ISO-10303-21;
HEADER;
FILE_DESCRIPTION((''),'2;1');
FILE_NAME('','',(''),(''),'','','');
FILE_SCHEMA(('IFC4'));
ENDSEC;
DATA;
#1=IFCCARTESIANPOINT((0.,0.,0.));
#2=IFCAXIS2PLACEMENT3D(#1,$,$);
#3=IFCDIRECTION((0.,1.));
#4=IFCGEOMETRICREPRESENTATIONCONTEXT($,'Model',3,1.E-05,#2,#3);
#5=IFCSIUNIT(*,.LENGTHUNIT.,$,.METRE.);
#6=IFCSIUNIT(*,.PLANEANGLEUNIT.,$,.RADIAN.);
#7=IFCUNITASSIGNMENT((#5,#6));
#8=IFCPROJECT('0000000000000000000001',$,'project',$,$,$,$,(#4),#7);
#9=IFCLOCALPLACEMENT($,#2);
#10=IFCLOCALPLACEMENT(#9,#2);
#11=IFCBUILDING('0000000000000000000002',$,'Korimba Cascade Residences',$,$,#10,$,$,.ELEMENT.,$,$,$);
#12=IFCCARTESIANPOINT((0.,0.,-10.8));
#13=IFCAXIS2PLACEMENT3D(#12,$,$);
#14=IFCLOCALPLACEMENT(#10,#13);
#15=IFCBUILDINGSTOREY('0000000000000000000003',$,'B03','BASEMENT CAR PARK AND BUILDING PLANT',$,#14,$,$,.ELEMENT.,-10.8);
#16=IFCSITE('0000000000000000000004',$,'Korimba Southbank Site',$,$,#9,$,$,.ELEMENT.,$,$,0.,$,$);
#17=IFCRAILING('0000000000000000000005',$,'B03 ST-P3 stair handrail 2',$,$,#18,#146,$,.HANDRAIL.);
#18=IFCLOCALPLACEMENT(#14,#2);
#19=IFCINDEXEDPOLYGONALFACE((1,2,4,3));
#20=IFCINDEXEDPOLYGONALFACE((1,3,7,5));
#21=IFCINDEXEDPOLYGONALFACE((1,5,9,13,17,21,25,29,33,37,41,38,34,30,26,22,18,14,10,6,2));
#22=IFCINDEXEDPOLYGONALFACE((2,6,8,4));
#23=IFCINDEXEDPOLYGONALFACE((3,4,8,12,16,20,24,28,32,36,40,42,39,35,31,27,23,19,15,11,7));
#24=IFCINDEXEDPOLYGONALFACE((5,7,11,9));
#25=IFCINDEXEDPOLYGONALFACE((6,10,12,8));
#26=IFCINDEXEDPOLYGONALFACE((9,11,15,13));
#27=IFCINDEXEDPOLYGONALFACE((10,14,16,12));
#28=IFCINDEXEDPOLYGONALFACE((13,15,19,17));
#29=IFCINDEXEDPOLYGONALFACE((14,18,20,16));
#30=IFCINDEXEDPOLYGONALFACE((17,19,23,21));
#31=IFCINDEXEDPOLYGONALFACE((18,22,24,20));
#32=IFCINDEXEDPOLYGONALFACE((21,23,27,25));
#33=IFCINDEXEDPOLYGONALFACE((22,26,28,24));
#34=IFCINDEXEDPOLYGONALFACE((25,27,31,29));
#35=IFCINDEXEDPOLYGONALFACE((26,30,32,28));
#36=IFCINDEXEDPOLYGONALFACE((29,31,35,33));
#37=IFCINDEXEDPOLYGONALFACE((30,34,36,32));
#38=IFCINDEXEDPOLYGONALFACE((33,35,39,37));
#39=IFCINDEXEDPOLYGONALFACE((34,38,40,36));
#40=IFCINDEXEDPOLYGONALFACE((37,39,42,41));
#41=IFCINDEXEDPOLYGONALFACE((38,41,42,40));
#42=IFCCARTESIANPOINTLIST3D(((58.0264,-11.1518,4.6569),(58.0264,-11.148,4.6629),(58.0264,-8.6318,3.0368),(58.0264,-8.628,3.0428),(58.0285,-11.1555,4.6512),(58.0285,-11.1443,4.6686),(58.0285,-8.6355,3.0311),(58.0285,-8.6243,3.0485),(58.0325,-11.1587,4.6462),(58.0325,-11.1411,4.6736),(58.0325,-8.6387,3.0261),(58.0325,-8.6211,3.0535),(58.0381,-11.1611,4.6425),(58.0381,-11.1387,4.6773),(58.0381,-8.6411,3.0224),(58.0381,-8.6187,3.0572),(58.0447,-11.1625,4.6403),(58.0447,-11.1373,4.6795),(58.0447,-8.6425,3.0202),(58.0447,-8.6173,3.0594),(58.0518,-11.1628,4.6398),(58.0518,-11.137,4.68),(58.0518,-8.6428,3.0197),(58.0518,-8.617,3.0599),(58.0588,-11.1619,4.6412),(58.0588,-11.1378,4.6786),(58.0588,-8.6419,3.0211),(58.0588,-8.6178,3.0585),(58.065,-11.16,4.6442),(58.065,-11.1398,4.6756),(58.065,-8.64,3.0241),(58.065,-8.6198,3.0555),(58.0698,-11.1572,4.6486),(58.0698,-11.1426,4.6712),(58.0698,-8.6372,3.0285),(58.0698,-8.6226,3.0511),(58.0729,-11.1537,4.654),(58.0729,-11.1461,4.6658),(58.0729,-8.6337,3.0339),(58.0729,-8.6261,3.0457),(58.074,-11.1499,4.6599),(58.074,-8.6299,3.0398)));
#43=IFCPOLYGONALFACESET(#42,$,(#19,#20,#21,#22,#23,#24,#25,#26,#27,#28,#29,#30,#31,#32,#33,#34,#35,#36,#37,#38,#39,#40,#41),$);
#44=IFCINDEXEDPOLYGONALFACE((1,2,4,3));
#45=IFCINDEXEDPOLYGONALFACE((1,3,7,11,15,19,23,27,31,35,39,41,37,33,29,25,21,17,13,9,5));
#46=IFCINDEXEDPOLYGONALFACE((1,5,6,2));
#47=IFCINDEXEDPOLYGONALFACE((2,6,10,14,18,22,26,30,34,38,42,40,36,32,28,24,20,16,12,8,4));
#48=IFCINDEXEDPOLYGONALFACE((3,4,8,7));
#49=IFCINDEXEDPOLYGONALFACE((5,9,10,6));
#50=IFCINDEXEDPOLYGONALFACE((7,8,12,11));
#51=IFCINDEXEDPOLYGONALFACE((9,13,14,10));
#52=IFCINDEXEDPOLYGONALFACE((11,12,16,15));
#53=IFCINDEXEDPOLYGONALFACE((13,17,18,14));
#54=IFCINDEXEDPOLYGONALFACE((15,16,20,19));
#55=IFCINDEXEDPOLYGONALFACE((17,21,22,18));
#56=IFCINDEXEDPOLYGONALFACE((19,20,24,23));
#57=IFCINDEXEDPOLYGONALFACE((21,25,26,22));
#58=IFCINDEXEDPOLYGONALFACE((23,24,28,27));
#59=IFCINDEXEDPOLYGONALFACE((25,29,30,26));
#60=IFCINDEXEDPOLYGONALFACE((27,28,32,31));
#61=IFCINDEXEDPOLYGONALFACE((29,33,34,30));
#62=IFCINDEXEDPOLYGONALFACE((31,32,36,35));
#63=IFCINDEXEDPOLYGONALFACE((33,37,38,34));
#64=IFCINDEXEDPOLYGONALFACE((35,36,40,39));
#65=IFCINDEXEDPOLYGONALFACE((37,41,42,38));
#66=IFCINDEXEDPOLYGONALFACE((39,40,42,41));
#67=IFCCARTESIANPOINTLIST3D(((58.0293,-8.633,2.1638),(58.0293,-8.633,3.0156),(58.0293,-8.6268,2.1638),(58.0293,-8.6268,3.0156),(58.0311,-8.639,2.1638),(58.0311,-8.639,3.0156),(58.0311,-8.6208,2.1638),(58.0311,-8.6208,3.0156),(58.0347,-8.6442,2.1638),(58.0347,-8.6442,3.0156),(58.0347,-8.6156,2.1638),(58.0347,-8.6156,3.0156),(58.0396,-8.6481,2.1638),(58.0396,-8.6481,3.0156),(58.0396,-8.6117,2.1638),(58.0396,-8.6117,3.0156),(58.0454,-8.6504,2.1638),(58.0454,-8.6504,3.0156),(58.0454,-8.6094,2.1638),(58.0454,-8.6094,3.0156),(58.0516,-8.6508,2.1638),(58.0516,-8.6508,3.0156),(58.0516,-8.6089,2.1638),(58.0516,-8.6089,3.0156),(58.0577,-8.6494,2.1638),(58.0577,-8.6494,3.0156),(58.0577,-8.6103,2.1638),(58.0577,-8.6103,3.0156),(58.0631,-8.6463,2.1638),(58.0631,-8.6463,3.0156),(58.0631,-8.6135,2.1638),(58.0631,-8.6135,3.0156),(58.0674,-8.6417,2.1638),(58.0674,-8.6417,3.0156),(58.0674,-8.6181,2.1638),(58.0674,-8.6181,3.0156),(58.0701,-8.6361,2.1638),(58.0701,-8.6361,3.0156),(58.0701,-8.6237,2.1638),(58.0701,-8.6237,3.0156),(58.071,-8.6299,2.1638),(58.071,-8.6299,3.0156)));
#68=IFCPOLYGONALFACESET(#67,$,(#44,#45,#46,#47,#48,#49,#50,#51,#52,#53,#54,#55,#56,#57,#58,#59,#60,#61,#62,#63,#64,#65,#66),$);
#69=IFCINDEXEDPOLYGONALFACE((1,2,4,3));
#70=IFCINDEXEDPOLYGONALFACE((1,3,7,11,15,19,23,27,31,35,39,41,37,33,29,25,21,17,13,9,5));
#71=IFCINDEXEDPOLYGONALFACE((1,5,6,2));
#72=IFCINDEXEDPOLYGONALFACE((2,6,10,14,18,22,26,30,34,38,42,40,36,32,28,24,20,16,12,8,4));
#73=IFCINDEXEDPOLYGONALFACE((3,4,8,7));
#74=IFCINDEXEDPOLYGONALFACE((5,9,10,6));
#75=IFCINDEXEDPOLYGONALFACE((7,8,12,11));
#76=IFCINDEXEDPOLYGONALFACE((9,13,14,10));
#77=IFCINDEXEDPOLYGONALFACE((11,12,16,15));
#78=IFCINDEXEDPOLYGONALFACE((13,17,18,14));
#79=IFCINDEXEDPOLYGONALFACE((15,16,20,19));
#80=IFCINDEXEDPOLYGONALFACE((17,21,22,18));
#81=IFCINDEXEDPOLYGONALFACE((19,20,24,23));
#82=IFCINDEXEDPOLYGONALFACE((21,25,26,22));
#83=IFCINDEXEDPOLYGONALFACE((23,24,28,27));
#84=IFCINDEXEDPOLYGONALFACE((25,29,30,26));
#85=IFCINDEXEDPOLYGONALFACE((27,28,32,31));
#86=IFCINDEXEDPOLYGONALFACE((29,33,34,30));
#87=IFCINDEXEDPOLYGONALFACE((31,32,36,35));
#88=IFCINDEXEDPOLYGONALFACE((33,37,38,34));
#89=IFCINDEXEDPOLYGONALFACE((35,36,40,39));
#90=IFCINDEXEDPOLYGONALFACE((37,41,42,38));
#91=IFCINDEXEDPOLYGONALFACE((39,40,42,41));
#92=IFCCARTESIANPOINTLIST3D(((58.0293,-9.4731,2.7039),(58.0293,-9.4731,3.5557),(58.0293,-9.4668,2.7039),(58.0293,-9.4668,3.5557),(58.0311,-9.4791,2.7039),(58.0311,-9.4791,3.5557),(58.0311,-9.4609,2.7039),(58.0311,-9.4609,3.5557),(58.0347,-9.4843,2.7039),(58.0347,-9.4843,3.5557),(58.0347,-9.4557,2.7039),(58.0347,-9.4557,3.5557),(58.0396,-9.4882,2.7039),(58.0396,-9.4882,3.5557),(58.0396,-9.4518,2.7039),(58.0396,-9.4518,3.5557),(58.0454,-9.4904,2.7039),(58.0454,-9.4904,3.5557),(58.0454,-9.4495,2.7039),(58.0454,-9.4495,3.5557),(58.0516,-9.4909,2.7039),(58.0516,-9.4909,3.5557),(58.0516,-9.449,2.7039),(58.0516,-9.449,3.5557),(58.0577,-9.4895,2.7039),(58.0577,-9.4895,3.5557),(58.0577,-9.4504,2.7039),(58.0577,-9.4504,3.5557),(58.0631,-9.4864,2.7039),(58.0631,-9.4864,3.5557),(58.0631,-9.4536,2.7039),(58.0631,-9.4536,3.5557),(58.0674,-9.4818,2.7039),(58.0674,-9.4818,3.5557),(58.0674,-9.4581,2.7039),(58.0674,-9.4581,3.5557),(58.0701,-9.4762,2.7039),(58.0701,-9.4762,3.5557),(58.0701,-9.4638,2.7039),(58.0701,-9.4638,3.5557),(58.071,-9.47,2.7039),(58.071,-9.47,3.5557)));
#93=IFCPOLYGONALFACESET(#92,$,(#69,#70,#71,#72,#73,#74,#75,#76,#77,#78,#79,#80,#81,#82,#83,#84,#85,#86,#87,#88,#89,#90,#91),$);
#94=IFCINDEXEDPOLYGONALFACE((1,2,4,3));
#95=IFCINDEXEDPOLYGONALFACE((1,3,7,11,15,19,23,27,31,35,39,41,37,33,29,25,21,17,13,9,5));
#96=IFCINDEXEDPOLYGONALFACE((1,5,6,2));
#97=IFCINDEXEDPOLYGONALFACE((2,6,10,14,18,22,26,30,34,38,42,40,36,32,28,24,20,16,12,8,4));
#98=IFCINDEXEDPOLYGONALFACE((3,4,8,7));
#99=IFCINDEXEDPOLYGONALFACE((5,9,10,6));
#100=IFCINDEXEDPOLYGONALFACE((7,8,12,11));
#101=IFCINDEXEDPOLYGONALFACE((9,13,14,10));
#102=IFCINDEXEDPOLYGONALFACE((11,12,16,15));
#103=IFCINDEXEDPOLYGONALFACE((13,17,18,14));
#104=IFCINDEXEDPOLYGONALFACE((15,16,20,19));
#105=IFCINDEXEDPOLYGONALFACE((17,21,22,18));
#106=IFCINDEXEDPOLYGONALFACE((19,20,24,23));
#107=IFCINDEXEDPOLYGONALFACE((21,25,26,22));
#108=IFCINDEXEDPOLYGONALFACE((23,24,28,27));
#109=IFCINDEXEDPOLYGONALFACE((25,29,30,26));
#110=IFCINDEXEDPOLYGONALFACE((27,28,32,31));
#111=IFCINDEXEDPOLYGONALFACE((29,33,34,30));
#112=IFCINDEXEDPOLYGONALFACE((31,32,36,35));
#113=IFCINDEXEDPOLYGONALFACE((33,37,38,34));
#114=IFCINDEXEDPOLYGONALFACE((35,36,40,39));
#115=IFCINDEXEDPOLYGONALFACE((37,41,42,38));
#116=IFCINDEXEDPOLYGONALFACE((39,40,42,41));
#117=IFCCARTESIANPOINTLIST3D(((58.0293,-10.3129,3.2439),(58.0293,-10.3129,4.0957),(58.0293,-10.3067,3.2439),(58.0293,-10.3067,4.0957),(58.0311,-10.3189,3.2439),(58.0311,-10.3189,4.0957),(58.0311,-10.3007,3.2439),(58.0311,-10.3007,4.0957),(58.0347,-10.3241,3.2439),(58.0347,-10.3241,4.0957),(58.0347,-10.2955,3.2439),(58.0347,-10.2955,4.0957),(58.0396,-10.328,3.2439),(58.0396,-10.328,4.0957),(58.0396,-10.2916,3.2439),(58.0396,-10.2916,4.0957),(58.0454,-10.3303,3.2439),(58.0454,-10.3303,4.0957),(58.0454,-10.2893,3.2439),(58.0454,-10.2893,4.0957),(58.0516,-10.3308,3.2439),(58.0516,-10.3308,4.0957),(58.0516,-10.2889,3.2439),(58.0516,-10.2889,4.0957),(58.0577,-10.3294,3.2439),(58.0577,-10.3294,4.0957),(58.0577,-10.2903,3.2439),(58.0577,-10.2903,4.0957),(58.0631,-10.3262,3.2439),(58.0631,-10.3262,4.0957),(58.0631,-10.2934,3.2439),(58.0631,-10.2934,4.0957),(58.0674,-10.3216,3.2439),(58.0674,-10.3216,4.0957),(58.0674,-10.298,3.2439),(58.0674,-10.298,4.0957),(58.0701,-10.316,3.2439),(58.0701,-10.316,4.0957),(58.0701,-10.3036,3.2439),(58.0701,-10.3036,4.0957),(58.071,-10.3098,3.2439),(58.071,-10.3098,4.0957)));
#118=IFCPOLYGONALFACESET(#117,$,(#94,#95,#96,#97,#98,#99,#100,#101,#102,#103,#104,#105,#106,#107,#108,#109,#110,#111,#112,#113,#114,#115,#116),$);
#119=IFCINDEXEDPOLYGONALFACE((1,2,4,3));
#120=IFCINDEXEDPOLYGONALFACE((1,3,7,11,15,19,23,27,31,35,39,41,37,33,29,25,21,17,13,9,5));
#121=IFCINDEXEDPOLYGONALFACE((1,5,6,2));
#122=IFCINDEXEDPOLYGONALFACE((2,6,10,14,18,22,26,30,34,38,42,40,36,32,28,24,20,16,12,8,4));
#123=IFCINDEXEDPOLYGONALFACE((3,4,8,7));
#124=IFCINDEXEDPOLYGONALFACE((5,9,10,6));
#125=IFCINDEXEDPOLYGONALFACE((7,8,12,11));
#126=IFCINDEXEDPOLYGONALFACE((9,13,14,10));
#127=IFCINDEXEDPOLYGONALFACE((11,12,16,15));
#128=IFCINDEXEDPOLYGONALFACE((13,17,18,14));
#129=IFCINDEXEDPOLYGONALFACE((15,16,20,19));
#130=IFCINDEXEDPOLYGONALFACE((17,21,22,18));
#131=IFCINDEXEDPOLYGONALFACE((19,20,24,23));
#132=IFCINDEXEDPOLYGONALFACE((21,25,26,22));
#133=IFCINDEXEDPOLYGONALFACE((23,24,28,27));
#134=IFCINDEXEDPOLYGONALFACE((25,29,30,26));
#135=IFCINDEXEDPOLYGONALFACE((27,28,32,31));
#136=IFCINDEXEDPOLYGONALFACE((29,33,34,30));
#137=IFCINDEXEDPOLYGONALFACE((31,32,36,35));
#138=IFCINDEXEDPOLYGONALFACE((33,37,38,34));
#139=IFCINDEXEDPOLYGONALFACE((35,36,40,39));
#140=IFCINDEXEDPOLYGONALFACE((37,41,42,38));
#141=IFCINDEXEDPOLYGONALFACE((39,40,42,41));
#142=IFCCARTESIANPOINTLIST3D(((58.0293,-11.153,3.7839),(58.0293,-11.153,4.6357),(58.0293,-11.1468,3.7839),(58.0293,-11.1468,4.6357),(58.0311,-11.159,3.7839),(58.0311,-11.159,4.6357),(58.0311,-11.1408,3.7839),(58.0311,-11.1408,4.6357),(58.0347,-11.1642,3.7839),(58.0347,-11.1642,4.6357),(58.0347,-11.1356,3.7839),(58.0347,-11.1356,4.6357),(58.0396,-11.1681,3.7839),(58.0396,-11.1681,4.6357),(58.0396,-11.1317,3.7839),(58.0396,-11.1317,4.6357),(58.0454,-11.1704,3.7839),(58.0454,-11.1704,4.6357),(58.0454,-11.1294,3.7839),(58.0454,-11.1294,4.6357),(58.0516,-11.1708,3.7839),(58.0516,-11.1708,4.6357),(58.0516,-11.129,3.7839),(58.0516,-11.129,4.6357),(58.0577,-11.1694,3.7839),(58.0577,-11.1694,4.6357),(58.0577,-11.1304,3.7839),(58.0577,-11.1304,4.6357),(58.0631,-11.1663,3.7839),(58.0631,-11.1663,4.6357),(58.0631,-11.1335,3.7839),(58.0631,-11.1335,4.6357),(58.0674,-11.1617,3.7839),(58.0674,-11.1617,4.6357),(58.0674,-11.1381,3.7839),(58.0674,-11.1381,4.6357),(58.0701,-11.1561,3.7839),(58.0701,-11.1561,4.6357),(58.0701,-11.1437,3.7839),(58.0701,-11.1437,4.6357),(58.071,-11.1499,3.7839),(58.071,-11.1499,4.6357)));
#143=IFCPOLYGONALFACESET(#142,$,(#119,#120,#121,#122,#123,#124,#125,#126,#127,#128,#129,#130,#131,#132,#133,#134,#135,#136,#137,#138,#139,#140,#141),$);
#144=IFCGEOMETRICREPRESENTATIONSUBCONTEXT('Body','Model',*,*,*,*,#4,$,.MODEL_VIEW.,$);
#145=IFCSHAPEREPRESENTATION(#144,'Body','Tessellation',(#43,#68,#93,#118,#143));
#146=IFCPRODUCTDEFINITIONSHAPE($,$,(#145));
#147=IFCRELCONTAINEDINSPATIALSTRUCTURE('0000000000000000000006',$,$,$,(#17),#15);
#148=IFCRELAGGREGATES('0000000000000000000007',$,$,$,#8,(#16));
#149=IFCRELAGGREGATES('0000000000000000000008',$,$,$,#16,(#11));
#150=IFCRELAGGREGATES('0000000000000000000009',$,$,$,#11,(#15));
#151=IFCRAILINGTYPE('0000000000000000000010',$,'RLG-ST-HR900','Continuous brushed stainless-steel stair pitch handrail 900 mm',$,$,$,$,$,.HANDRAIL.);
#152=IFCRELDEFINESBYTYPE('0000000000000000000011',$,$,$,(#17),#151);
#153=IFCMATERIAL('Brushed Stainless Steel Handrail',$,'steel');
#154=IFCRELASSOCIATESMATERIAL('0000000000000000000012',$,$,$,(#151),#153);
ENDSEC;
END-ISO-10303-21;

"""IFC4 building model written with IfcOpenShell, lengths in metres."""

from ifc_helpers import new_model, si_unit, direction, frame, origin, origin_2d, place, context, subcontext, project, spatial, circle, extrude, material, type_object, element, save


model = new_model("IFC4")

# Units and contexts
model_context = context("Model", 3, precision=1e-05, world=origin(), true_north=direction((0.0, 1.0)))
body_context = subcontext(model_context, "Body", "Model", "MODEL_VIEW")
ifc_project = project(units=[si_unit("LENGTHUNIT", "METRE"), si_unit("PLANEANGLEUNIT", "RADIAN")], contexts=[model_context])

# Site, building, storey
site_placement = place(None, origin())
site = spatial("IfcSite", under=ifc_project, at=site_placement, Name="Korimba Southbank Site", CompositionType="ELEMENT", RefElevation=0.0)
building_placement = place(site_placement, origin())
building = spatial("IfcBuilding", under=site, at=building_placement, Name="Korimba Cascade Residences", CompositionType="ELEMENT")
storey_placement = place(building_placement, frame((0.0, 0.0, -10.8)))
storey = spatial("IfcBuildingStorey", under=building, at=storey_placement, Name="B03", Description="BASEMENT CAR PARK AND BUILDING PLANT", CompositionType="ELEMENT", Elevation=-10.8)

# Railing
ifc_material_1 = material(Name="Brushed Stainless Steel Handrail", Category="steel")
railing_type_1 = type_object("IfcRailingType", Name="RLG-ST-HR900", Description="Continuous brushed stainless-steel stair pitch handrail 900 mm", PredefinedType="HANDRAIL", material=ifc_material_1)
railing_1_placement = place(storey_placement, frame((58.05, -8.6299, 2.1638)))
element("IfcRailing", 1, at=railing_1_placement, inside=storey, type_object=railing_type_1, Name="B03 ST-P3 stair handrail 2", PredefinedType="HANDRAIL", context=body_context, shape_type="SweptSolid", body=[
    extrude(circle(Radius=0.0239, at=origin_2d()), frame((0.0, 0.0, 0.876), z_axis=(0.0, -0.841163, 0.540782), x_axis=(1.0, 0.0, 0.0)), (0.0, 0.0, 1.0), 2.9958),
    extrude(circle(Radius=0.021, at=origin_2d()), origin(), (0.0, 0.0, 1.0), 0.8518),
    extrude(circle(Radius=0.021, at=origin_2d()), frame((0.0, -0.8401, 0.54)), (0.0, 0.0, 1.0), 0.8518),
    extrude(circle(Radius=0.021, at=origin_2d()), frame((0.0, -1.6799, 1.0801)), (0.0, 0.0, 1.0), 0.8518),
    extrude(circle(Radius=0.021, at=origin_2d()), frame((0.0, -2.52, 1.6201)), (0.0, 0.0, 1.0), 0.8518),
])

save(model, "model.ifc")
